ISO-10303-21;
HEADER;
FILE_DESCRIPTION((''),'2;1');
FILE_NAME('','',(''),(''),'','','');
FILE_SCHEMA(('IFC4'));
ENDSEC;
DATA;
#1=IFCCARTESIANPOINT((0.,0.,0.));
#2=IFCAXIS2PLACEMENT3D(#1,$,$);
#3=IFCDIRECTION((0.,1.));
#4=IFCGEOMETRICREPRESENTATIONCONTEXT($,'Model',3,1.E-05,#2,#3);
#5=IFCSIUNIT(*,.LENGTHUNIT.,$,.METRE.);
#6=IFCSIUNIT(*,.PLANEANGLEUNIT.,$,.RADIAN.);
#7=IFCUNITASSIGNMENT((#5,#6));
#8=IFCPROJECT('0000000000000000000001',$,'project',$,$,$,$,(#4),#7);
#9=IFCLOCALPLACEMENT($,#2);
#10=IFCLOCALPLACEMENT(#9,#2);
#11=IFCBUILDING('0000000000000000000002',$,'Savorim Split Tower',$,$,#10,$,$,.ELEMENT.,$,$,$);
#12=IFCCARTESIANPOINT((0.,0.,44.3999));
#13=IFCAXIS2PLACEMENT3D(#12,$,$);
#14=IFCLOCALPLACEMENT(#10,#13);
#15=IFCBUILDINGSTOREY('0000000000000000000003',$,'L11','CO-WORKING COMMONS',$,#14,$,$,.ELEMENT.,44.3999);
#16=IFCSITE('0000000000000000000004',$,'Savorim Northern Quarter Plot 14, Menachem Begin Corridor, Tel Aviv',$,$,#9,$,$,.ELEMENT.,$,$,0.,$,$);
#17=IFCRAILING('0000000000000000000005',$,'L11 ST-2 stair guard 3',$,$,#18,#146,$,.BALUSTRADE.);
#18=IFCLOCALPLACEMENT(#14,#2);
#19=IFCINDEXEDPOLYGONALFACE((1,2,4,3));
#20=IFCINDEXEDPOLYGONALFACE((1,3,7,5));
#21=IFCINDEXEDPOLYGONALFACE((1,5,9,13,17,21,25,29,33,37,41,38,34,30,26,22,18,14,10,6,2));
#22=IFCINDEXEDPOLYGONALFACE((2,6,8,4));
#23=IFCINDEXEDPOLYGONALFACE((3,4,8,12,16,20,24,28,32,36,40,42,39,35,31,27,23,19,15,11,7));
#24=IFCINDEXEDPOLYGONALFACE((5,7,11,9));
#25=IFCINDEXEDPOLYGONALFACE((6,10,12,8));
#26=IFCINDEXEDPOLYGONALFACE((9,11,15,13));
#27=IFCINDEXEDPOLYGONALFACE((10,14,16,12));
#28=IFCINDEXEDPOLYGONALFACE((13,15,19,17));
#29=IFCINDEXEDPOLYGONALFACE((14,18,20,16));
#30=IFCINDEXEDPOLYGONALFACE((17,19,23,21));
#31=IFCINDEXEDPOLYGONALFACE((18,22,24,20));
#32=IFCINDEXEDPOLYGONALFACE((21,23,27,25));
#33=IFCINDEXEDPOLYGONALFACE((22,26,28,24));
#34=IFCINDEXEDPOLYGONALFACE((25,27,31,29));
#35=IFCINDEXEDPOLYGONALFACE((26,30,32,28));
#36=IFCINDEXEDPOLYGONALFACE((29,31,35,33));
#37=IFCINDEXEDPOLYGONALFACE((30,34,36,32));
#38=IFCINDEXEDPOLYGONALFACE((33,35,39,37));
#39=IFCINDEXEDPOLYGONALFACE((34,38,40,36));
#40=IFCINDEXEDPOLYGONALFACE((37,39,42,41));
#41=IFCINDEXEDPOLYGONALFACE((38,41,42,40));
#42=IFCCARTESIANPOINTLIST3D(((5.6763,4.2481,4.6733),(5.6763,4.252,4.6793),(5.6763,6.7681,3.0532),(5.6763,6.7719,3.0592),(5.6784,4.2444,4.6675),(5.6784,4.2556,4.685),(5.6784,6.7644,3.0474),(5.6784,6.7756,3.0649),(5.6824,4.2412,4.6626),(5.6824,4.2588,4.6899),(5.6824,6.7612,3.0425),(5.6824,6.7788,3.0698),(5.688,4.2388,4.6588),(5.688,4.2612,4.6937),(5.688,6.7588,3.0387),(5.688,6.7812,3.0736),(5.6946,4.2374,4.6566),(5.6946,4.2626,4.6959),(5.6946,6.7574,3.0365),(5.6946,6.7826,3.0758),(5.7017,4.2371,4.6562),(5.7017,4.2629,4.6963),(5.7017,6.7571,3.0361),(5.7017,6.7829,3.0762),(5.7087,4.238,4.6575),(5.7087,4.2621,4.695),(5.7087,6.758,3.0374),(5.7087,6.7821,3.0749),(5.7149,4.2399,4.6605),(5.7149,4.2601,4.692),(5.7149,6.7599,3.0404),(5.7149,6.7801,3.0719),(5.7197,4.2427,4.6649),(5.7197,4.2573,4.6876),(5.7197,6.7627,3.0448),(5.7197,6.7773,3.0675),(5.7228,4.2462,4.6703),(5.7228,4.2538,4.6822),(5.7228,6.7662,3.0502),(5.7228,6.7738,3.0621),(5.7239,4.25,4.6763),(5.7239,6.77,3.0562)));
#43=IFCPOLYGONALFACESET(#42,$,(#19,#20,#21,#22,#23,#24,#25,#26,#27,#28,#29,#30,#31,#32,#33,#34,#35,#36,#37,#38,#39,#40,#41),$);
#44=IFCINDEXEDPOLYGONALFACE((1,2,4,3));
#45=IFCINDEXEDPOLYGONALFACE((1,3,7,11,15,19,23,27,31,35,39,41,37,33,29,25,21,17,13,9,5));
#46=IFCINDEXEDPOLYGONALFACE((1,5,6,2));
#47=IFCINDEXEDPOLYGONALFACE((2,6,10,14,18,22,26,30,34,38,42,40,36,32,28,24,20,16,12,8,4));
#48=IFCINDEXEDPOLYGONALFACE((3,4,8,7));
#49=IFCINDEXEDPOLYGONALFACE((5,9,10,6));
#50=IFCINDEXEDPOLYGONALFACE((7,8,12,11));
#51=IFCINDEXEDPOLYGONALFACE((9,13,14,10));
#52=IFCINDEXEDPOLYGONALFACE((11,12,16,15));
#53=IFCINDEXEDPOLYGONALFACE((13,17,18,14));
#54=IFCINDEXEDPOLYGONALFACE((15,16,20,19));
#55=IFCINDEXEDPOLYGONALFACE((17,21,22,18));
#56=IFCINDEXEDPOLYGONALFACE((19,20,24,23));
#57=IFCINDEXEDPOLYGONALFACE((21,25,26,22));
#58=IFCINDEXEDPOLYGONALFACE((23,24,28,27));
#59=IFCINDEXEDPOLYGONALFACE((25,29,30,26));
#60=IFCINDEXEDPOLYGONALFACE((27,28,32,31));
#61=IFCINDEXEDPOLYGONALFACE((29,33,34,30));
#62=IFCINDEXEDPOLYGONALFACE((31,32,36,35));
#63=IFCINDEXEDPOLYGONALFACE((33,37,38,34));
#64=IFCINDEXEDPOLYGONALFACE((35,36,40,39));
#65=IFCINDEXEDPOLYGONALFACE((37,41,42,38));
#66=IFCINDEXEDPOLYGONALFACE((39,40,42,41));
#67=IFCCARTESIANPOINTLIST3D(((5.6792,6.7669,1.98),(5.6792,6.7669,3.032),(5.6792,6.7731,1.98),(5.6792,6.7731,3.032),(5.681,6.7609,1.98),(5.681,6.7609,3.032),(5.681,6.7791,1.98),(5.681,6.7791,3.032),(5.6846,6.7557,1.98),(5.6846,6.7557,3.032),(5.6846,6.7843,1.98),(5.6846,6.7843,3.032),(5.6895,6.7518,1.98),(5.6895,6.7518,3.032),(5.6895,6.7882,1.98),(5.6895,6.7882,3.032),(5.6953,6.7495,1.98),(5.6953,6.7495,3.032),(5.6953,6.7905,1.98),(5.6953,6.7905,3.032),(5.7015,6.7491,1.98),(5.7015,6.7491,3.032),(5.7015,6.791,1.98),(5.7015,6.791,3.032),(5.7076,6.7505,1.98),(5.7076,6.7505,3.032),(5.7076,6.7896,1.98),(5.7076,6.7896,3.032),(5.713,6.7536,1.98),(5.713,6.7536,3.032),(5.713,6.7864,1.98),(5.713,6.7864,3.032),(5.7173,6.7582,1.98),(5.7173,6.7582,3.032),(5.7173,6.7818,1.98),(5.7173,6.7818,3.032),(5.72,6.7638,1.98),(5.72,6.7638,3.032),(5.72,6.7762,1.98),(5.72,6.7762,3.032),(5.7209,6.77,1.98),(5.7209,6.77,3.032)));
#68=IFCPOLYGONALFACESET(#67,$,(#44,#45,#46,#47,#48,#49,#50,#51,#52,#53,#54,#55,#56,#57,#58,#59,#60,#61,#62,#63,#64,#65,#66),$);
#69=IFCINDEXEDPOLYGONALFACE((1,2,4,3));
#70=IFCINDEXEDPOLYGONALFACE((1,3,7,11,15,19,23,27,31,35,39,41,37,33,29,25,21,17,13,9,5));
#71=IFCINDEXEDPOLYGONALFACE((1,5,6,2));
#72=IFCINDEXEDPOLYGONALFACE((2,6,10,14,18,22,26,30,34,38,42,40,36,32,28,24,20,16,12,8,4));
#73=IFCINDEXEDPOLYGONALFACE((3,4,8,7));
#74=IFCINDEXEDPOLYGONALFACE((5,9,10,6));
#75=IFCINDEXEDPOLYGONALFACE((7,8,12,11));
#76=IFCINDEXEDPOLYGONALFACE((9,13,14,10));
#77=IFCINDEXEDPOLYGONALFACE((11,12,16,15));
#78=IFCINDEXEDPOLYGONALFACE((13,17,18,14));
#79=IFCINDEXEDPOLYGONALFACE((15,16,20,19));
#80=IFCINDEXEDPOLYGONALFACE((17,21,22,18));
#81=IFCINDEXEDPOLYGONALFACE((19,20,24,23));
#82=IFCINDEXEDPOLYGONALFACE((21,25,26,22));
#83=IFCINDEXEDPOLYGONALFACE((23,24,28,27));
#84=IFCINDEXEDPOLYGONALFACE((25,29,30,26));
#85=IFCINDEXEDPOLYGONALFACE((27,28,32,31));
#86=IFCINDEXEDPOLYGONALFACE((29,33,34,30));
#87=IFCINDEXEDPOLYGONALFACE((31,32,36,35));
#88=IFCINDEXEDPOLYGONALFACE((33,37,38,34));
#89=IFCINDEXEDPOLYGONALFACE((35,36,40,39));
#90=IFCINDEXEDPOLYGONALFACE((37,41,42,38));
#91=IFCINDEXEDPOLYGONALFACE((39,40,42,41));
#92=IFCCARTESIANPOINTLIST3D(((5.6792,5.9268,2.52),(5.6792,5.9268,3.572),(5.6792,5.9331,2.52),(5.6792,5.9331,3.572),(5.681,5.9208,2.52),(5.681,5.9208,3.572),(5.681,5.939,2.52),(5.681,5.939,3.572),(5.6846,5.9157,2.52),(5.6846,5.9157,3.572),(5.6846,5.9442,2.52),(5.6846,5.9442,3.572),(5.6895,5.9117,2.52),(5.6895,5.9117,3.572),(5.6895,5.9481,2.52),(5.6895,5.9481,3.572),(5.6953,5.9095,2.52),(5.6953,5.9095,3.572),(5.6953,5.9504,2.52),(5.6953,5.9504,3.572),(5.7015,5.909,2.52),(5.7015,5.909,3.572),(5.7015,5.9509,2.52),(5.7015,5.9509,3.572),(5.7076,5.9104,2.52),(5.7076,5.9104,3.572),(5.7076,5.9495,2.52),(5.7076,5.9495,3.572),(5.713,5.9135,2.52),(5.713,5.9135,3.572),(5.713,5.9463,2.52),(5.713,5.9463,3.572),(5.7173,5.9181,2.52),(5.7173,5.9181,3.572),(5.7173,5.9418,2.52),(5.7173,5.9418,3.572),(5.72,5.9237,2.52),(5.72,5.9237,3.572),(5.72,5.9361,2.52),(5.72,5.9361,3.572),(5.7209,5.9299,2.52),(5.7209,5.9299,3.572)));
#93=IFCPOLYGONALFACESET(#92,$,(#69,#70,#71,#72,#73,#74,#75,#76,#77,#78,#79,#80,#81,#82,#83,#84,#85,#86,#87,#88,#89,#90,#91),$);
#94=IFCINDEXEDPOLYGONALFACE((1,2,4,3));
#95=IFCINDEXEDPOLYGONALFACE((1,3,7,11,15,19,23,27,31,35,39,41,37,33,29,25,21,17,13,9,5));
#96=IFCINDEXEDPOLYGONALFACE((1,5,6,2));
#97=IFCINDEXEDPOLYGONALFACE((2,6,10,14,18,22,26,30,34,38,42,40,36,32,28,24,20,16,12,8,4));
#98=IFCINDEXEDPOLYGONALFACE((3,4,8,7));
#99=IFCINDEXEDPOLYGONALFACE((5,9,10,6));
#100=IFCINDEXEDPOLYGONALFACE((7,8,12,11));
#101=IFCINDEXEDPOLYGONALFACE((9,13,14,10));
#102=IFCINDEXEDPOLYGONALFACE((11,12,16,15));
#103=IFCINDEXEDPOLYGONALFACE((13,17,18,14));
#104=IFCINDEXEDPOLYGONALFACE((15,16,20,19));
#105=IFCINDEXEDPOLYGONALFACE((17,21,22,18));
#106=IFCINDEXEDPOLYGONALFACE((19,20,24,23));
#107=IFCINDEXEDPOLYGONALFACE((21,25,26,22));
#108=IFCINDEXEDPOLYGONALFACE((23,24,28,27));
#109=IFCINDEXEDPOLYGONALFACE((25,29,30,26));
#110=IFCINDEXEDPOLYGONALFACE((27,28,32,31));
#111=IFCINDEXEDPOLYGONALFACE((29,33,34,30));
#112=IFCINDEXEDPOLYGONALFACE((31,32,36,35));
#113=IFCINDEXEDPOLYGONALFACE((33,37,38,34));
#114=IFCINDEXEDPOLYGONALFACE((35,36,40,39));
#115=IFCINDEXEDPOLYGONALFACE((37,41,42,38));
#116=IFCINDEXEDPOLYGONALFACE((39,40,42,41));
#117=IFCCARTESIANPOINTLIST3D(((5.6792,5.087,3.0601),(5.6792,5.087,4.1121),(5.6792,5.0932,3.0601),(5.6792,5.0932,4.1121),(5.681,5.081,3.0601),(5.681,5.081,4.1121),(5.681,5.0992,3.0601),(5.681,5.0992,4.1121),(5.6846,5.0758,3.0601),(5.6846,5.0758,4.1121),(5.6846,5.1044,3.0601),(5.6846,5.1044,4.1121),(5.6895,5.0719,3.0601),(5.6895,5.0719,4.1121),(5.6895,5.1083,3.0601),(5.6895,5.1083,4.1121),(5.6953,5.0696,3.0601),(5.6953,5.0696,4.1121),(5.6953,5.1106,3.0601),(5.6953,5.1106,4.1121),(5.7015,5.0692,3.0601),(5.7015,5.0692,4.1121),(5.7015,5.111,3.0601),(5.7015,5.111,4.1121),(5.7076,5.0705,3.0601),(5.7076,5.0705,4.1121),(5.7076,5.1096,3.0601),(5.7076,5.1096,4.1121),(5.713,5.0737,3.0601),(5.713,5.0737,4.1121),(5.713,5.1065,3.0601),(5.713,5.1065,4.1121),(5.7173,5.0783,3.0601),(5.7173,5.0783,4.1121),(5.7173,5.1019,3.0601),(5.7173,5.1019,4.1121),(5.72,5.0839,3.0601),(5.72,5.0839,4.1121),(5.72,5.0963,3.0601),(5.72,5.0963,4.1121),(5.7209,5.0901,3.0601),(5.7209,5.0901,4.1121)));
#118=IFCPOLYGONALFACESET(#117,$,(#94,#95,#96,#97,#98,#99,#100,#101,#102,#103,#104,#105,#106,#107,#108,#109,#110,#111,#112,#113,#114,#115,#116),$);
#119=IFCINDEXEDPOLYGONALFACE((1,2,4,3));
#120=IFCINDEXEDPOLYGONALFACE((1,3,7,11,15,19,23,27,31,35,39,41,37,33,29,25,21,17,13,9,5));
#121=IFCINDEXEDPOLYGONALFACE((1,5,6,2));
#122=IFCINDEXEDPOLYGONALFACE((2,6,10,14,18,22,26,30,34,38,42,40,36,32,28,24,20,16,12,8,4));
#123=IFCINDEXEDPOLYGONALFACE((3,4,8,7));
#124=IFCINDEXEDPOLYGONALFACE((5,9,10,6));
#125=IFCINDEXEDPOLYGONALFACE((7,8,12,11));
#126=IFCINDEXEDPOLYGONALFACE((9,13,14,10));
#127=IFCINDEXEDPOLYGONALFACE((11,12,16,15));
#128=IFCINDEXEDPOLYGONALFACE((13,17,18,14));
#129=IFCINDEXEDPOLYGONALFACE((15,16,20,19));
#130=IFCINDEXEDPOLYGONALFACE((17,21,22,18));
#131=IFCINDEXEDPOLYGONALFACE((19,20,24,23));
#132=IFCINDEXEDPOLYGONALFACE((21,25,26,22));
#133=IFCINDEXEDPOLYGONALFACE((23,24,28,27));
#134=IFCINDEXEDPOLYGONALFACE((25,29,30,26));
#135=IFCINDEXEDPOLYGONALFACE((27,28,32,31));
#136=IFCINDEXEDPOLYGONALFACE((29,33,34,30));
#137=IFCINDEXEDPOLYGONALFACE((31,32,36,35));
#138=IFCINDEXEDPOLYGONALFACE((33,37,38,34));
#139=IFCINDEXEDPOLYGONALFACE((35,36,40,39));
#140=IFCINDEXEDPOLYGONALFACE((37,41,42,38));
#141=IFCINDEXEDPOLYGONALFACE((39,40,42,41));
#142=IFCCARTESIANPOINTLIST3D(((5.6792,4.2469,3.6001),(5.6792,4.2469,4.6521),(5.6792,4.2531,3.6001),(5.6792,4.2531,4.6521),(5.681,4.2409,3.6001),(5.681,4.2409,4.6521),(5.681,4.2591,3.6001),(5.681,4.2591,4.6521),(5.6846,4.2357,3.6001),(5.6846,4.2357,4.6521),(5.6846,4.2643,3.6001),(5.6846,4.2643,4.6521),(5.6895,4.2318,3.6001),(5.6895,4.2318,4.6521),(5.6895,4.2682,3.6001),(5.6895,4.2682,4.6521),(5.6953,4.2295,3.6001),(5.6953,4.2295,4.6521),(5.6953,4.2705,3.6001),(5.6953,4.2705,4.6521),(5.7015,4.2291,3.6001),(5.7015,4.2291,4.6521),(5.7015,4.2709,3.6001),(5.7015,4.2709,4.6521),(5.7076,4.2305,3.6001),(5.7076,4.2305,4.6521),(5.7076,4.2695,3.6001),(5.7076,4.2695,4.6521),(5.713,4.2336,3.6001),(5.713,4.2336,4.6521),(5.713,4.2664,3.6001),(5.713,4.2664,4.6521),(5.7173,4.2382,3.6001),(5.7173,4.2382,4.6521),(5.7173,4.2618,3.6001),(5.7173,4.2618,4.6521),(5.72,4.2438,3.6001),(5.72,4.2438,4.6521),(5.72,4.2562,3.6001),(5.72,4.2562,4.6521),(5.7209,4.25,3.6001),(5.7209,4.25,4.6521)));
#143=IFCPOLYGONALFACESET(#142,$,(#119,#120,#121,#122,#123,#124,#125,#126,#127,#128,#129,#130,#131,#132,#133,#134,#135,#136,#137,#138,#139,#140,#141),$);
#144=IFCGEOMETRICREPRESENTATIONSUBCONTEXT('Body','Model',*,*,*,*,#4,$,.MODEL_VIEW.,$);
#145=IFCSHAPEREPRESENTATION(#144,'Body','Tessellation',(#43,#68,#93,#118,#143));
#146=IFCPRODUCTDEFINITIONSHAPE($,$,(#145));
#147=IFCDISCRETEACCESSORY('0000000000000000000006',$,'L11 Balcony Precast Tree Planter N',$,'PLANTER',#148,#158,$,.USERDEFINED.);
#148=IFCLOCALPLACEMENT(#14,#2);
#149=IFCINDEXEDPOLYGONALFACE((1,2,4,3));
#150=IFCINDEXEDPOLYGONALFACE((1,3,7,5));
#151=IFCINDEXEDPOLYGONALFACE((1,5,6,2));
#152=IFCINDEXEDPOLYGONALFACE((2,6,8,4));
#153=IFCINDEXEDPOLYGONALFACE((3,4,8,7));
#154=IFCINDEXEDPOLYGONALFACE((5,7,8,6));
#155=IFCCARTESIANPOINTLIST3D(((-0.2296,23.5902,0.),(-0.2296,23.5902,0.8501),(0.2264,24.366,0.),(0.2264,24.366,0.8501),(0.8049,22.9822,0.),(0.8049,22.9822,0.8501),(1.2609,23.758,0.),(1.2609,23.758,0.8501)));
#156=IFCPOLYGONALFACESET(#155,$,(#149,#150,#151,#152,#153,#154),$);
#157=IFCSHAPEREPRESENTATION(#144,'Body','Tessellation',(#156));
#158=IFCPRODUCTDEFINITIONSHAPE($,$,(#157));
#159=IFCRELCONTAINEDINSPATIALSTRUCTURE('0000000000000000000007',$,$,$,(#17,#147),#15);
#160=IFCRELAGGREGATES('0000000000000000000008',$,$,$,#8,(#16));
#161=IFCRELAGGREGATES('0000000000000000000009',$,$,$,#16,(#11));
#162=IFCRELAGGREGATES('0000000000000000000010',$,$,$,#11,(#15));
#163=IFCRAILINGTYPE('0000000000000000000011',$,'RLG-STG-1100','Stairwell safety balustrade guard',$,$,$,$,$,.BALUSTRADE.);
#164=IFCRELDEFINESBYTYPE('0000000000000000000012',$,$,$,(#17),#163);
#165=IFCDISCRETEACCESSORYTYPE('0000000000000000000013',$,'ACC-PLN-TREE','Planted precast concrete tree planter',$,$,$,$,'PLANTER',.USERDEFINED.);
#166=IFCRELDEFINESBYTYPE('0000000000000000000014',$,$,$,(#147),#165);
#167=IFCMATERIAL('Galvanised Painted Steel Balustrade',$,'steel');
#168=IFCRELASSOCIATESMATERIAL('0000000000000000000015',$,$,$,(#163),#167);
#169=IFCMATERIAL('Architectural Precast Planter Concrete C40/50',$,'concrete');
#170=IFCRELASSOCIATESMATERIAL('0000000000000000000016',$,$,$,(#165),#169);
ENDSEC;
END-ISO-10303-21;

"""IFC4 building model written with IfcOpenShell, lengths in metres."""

from ifc_helpers import new_model, si_unit, direction, frame, origin, origin_2d, place, context, subcontext, project, spatial, rectangle, circle, extrude, material, type_object, element, save


model = new_model("IFC4")

# Units and contexts
model_context = context("Model", 3, precision=1e-05, world=origin(), true_north=direction((0.0, 1.0)))
body_context = subcontext(model_context, "Body", "Model", "MODEL_VIEW")
ifc_project = project(units=[si_unit("LENGTHUNIT", "METRE"), si_unit("PLANEANGLEUNIT", "RADIAN")], contexts=[model_context])

# Site, building, storey
site_placement = place(None, origin())
site = spatial("IfcSite", under=ifc_project, at=site_placement, Name="Savorim Northern Quarter Plot 14, Menachem Begin Corridor, Tel Aviv", CompositionType="ELEMENT", RefElevation=0.0)
building_placement = place(site_placement, origin())
building = spatial("IfcBuilding", under=site, at=building_placement, Name="Savorim Split Tower", CompositionType="ELEMENT")
storey_placement = place(building_placement, frame((0.0, 0.0, 44.3999)))
storey = spatial("IfcBuildingStorey", under=building, at=storey_placement, Name="L11", Description="CO-WORKING COMMONS", CompositionType="ELEMENT", Elevation=44.3999)

# Railing
ifc_material_1 = material(Name="Galvanised Painted Steel Balustrade", Category="steel")
railing_type_1 = type_object("IfcRailingType", Name="RLG-STG-1100", Description="Stairwell safety balustrade guard", PredefinedType="BALUSTRADE", material=ifc_material_1)
railing_1_placement = place(storey_placement, frame((5.7, 6.77, 1.98)))
element("IfcRailing", 1, at=railing_1_placement, inside=storey, type_object=railing_type_1, Name="L11 ST-2 stair guard 3", PredefinedType="BALUSTRADE", context=body_context, shape_type="SweptSolid", body=[
    extrude(circle(Radius=0.0239, at=origin_2d()), frame((0.0, 0.0, 1.0762), z_axis=(0.0, -0.841163, 0.540782), x_axis=(1.0, 0.0, 0.0)), (0.0, 0.0, 1.0), 2.9958),
    extrude(circle(Radius=0.021, at=origin_2d()), origin(), (0.0, 0.0, 1.0), 1.052),
    extrude(circle(Radius=0.021, at=origin_2d()), frame((0.0, -0.8401, 0.54)), (0.0, 0.0, 1.0), 1.052),
    extrude(circle(Radius=0.021, at=origin_2d()), frame((0.0, -1.6799, 1.0801)), (0.0, 0.0, 1.0), 1.052),
    extrude(circle(Radius=0.021, at=origin_2d()), frame((0.0, -2.52, 1.6201)), (0.0, 0.0, 1.0), 1.052),
])

# Discrete accessory
ifc_material_2 = material(Name="Architectural Precast Planter Concrete C40/50", Category="concrete")
discrete_accessory_type = type_object("IfcDiscreteAccessoryType", Name="ACC-PLN-TREE", Description="Planted precast concrete tree planter", ElementType="PLANTER", PredefinedType="USERDEFINED", material=ifc_material_2)
discrete_accessory_placement = place(storey_placement, frame((0.5156, 23.6741, 0.0), z_axis=(0.0, 0.0, 1.0), x_axis=(-0.862126, 0.506694, 0.0)))
element("IfcDiscreteAccessory", 2, at=discrete_accessory_placement, inside=storey, type_object=discrete_accessory_type, Name="L11 Balcony Precast Tree Planter N", ObjectType="PLANTER", PredefinedType="USERDEFINED", context=body_context, shape_type="SweptSolid", body=[
    extrude(rectangle(XDim=1.2, YDim=0.8999, at=origin_2d()), origin(), (0.0, 0.0, 1.0), 0.8501),
])

save(model, "model.ifc")
